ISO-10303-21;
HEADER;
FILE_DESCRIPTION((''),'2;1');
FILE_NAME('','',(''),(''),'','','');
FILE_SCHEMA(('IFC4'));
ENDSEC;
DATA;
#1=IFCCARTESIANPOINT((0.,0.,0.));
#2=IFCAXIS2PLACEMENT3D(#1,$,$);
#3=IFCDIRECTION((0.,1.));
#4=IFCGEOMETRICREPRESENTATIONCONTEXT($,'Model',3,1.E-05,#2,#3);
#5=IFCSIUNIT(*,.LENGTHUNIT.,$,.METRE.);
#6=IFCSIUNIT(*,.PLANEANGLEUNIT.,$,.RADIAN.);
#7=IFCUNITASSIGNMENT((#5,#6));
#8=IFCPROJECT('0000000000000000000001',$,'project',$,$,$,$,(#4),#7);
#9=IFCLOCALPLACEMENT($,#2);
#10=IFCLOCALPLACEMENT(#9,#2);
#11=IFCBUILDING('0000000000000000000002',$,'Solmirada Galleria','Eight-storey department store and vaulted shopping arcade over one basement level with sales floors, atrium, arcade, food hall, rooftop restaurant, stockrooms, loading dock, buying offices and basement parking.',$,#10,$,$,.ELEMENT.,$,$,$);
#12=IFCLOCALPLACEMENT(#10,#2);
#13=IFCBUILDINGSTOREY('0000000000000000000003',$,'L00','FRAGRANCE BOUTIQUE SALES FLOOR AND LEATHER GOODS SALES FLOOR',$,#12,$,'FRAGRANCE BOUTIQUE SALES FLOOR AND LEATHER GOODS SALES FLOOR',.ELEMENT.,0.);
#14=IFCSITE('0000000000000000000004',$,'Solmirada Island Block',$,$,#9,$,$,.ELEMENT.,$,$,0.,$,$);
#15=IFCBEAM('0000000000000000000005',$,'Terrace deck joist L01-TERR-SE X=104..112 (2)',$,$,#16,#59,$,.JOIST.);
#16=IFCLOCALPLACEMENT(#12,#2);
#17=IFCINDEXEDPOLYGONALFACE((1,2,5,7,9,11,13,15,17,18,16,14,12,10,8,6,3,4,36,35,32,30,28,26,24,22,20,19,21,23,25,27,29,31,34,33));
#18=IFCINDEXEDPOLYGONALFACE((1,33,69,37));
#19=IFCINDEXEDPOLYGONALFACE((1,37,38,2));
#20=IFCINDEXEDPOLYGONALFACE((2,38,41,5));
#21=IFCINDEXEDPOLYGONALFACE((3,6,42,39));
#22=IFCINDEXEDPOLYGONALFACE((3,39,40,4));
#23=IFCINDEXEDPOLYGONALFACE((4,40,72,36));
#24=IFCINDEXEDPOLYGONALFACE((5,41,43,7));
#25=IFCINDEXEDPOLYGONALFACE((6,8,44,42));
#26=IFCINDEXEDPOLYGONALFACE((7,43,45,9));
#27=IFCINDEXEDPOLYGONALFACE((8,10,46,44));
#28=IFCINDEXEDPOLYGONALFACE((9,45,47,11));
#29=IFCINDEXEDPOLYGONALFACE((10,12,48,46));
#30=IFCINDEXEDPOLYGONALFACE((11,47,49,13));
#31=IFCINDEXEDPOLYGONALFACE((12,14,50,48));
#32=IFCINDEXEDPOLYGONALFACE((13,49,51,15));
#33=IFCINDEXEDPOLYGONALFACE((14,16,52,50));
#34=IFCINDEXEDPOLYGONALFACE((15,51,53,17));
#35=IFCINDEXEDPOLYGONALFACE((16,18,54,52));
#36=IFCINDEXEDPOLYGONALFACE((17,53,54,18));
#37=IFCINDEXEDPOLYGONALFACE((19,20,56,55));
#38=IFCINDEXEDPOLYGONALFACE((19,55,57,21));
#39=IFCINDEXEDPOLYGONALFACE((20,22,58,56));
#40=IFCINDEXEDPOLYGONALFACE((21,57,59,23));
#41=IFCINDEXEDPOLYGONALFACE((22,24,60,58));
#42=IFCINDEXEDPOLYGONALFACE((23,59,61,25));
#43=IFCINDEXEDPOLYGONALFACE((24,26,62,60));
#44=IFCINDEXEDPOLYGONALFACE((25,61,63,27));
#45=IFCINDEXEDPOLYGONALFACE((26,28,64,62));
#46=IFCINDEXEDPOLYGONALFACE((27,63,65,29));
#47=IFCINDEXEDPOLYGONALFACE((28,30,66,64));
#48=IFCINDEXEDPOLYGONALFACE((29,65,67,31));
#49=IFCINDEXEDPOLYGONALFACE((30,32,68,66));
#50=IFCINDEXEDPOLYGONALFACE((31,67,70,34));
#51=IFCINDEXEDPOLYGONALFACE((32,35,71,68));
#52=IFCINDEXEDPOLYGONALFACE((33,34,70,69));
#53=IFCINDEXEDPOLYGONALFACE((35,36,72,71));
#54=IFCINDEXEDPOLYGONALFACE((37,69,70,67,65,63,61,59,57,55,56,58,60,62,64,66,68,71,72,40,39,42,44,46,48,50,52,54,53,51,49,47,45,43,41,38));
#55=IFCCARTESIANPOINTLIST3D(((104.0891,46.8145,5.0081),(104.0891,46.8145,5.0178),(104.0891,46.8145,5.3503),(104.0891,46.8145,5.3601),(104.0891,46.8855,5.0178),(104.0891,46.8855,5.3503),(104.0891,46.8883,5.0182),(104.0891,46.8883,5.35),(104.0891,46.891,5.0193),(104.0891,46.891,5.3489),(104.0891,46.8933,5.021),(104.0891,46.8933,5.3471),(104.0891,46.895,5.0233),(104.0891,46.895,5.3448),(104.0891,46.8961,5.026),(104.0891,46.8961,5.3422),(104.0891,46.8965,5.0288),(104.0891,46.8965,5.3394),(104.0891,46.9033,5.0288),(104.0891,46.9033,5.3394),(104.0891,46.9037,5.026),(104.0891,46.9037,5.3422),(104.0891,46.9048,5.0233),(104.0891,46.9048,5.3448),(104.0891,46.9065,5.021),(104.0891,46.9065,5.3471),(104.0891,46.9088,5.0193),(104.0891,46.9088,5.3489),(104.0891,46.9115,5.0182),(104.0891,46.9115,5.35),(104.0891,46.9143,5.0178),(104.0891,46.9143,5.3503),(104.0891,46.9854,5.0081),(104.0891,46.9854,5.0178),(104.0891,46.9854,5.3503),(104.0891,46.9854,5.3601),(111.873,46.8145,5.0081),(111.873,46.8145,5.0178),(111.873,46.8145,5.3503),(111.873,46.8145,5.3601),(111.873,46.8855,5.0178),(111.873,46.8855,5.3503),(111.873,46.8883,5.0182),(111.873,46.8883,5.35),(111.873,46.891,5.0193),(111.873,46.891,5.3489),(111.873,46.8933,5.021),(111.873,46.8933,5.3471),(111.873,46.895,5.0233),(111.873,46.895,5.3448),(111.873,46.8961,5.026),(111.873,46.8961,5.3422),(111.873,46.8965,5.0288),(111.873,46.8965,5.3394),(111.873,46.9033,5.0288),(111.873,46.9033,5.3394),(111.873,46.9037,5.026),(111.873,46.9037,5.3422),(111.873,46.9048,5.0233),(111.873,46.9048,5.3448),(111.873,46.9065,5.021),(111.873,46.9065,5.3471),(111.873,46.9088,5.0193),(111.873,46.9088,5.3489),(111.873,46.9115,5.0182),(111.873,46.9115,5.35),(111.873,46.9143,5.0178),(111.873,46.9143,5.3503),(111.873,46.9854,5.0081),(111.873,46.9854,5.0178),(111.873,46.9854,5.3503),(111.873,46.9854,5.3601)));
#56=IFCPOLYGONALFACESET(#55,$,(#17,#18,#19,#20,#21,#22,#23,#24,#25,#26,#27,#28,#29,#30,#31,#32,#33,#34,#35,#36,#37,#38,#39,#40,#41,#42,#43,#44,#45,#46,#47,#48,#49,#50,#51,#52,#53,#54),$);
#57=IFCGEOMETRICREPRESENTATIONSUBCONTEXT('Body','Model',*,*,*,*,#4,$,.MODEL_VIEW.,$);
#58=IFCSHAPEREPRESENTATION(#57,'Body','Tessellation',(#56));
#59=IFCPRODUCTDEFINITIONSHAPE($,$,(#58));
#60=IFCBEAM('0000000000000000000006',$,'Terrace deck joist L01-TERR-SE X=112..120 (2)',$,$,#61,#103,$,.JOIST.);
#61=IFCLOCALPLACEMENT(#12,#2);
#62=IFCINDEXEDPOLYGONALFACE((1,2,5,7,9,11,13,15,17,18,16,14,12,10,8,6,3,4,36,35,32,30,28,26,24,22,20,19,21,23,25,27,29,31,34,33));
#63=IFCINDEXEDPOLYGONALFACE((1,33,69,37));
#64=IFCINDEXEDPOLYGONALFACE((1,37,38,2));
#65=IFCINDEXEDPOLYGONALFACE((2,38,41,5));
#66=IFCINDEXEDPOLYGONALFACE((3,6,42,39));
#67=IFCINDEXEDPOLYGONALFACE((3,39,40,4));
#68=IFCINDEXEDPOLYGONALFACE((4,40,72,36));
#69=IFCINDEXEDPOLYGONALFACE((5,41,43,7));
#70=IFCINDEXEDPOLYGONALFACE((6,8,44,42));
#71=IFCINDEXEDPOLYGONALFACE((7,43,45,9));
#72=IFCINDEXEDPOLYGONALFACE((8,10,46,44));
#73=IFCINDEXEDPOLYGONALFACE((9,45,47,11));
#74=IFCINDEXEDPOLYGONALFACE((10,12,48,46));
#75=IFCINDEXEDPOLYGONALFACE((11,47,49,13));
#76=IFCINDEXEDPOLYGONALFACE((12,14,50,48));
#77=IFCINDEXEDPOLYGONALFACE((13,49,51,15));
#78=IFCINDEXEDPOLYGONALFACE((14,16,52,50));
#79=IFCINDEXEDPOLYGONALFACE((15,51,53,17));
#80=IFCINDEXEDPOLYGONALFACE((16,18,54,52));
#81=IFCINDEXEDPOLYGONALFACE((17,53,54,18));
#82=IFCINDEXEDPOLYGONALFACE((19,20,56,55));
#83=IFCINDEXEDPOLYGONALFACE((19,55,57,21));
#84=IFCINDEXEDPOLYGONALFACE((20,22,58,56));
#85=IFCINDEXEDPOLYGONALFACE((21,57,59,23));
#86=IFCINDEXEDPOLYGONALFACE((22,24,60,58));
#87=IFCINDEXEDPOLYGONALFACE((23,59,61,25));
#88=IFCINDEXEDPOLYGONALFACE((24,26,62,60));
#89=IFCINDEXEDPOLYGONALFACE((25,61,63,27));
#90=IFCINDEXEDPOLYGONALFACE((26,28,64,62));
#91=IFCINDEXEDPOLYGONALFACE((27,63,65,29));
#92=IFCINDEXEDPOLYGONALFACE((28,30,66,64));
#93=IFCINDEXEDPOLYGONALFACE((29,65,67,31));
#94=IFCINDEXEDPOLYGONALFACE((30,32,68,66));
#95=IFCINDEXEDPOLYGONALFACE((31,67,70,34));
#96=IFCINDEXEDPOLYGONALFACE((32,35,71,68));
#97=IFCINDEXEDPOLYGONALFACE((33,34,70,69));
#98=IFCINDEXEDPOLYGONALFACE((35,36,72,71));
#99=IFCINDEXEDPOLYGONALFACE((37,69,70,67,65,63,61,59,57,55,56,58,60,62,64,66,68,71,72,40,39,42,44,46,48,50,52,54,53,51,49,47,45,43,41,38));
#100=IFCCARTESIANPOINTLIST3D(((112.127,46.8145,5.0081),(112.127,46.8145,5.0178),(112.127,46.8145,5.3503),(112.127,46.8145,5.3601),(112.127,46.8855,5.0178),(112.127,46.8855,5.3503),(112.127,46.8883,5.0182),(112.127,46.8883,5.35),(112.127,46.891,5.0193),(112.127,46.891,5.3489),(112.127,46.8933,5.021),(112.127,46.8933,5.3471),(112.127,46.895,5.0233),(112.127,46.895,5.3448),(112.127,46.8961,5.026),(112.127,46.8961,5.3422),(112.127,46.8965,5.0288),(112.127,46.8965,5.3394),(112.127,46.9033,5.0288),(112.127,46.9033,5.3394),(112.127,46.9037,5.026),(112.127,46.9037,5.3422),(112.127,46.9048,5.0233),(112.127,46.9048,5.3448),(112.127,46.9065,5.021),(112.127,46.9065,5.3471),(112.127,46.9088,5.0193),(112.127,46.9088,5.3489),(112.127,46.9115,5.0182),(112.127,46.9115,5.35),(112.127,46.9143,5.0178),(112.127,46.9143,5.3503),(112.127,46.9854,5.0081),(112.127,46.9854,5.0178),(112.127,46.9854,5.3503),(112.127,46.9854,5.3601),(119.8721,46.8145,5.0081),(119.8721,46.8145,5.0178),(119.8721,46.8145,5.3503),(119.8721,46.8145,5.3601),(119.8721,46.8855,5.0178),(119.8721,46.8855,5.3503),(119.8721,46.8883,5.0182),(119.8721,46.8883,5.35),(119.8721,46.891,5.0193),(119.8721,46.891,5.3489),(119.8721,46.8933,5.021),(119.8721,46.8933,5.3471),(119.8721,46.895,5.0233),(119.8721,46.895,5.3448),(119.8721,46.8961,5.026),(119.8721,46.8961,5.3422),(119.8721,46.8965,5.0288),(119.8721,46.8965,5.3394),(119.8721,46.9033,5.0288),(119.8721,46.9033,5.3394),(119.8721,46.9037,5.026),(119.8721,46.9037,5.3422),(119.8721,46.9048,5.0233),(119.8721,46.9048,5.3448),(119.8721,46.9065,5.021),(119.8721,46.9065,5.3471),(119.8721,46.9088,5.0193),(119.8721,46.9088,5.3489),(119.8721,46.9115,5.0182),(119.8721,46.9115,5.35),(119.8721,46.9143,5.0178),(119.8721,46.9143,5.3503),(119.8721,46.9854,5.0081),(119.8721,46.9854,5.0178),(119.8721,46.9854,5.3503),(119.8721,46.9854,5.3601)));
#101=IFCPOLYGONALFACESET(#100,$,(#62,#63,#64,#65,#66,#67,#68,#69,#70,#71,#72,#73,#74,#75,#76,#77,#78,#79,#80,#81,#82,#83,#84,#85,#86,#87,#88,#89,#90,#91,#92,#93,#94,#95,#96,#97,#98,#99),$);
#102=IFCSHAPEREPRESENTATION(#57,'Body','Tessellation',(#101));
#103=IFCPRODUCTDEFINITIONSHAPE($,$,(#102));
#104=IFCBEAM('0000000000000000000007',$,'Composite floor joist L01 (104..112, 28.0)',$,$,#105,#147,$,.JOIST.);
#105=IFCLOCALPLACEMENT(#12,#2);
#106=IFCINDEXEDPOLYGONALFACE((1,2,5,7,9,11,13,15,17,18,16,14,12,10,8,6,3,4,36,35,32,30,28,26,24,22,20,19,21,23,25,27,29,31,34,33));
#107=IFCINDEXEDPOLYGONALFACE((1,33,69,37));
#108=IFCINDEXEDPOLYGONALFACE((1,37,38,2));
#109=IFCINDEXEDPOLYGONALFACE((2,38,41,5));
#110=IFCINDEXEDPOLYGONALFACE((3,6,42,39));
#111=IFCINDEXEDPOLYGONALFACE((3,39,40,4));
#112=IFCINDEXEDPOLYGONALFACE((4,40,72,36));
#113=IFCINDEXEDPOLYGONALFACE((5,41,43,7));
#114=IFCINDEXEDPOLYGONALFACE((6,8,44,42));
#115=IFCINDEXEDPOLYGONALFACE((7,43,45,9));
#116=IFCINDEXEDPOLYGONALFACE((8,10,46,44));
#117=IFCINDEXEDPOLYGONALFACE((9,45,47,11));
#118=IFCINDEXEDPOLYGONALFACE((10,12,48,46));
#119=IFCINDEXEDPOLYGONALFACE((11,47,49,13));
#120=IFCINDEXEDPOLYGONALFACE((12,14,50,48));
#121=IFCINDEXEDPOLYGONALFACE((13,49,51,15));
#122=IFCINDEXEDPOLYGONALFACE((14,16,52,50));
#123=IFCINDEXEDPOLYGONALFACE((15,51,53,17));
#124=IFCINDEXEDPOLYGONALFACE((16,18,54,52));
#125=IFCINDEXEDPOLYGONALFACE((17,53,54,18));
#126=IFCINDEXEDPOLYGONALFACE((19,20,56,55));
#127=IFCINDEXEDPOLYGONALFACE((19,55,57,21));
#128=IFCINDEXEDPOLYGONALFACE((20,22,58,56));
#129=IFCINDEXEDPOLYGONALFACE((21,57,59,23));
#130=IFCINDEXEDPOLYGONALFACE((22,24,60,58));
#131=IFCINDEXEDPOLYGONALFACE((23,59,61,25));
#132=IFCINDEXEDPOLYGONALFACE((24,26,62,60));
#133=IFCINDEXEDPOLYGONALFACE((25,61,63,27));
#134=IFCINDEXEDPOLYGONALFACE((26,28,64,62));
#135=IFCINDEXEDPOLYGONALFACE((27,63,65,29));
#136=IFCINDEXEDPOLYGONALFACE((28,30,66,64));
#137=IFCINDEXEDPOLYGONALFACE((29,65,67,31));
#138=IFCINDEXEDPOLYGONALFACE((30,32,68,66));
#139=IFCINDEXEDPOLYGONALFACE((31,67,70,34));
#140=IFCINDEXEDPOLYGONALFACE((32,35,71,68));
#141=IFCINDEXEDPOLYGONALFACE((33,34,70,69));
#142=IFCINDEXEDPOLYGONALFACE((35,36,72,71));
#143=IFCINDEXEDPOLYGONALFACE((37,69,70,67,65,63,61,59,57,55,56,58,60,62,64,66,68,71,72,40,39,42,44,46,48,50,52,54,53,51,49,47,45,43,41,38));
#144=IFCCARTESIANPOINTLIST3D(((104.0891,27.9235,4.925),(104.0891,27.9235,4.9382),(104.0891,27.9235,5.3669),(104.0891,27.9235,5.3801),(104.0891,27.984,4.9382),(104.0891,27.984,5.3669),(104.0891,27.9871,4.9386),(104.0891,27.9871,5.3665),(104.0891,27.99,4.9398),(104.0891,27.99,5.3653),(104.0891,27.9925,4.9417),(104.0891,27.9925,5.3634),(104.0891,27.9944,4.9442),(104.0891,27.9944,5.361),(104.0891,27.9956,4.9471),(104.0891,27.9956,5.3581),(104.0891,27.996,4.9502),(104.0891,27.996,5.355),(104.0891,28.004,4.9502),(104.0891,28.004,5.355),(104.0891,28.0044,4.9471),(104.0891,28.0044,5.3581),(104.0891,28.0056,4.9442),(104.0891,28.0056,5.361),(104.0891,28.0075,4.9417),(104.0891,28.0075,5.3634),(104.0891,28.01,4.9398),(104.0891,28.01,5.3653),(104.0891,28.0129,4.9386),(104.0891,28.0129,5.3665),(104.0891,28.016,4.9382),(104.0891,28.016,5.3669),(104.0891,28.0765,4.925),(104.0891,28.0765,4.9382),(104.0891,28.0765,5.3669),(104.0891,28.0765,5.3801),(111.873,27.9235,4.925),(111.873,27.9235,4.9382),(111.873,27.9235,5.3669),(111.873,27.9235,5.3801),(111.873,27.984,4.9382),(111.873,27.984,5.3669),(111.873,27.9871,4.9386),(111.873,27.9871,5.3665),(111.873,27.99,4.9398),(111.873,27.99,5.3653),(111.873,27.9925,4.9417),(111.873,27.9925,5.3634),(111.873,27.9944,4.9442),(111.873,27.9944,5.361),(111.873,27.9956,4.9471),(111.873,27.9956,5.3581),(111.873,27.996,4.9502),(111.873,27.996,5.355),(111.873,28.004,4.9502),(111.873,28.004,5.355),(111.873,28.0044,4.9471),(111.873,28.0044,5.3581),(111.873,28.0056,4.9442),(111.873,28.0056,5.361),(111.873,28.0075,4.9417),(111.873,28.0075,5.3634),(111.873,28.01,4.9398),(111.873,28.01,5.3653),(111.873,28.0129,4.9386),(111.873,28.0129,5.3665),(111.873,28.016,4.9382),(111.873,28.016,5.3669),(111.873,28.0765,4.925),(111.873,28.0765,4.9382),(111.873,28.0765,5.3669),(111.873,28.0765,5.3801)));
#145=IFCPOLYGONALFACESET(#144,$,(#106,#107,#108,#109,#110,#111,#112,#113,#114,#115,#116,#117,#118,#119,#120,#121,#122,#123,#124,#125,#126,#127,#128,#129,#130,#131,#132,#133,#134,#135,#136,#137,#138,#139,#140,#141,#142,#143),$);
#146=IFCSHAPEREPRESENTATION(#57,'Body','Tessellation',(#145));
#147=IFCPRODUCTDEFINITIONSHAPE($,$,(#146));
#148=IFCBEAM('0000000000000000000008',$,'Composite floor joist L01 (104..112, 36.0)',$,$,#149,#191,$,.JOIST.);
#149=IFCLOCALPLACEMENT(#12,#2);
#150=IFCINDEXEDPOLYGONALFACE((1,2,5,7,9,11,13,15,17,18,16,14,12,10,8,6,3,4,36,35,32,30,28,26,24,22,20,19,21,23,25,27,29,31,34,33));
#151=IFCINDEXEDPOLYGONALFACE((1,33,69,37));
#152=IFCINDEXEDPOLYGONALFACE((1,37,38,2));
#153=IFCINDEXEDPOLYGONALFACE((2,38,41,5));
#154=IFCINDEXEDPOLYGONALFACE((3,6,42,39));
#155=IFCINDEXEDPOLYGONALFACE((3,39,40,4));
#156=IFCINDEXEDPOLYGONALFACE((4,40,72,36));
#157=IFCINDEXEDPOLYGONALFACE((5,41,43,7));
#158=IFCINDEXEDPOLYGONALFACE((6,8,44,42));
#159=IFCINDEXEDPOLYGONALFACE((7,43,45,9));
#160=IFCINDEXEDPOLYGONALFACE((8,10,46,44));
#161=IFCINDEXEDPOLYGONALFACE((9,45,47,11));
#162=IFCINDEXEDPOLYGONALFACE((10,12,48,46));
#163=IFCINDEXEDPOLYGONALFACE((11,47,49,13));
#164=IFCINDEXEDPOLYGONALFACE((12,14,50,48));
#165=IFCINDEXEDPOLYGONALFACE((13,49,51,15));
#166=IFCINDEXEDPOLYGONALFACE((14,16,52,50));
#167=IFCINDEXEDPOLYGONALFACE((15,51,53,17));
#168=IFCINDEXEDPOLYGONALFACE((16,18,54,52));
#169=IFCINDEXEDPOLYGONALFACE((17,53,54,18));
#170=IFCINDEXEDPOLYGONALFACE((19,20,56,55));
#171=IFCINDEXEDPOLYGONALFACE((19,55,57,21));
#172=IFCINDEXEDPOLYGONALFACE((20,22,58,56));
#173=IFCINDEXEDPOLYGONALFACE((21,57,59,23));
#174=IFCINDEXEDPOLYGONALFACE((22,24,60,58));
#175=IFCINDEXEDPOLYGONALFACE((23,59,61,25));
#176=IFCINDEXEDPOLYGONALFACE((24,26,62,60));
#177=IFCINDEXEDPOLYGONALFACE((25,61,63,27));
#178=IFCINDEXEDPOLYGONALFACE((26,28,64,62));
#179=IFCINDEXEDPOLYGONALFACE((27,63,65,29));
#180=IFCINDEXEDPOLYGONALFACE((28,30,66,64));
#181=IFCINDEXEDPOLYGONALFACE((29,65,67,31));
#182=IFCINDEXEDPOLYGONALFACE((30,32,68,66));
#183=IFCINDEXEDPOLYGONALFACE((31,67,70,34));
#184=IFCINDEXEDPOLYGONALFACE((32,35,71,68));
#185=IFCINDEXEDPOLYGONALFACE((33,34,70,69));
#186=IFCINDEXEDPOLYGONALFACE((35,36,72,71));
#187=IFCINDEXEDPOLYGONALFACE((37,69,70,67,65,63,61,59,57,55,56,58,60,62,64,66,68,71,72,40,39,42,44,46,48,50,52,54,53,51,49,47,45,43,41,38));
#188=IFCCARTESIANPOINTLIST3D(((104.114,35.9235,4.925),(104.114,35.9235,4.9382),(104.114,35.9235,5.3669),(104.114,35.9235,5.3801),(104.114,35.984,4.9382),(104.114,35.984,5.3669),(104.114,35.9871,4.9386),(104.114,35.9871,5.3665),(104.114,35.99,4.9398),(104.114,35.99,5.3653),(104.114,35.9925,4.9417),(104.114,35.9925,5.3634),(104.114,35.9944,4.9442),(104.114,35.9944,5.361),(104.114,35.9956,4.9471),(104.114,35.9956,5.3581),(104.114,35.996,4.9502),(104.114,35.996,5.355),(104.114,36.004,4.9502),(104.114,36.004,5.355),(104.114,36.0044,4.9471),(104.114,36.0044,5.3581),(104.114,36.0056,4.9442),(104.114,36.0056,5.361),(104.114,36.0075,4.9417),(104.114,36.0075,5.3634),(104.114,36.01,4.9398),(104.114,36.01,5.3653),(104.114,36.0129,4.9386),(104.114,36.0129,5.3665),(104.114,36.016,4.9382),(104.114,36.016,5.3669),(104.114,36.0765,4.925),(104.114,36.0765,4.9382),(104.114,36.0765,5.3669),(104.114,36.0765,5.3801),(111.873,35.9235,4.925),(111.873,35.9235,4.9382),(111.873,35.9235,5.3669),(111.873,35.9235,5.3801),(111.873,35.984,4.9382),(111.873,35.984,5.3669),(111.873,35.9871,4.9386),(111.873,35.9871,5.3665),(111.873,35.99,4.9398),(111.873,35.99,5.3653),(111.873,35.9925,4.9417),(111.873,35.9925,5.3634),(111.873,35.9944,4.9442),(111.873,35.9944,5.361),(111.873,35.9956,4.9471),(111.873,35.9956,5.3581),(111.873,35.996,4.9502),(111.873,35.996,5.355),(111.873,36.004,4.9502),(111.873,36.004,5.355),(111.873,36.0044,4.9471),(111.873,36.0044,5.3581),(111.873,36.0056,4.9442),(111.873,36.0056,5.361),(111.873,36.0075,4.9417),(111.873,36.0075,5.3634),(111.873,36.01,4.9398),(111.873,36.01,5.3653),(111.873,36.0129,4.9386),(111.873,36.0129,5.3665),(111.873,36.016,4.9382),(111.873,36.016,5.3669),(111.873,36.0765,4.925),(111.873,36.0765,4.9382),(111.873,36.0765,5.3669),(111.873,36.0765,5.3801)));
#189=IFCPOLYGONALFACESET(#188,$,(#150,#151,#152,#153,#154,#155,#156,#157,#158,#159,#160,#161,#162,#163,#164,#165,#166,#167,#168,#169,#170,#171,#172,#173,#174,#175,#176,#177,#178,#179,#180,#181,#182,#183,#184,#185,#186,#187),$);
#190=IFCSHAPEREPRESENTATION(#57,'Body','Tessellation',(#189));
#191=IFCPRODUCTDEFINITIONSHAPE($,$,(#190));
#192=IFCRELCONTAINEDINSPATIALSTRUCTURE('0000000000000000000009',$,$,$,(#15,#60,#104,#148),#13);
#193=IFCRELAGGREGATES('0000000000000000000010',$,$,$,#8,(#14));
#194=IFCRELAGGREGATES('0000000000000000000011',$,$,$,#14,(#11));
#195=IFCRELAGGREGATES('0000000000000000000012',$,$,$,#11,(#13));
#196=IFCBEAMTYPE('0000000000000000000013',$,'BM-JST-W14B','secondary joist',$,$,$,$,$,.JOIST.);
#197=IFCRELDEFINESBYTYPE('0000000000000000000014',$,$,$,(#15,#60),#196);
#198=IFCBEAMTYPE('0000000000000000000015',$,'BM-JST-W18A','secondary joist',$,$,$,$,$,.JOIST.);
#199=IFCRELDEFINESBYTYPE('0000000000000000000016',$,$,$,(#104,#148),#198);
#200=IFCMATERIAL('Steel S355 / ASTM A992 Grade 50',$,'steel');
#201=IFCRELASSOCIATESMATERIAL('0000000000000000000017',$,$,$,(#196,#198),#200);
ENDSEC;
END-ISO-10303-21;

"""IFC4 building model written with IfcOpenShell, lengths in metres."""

from ifc_helpers import new_model, si_unit, direction, frame, origin, origin_2d, place, context, subcontext, project, spatial, i_section, extrude, material, material_profile, profile_set, type_object, element, save


model = new_model("IFC4")

# Units and contexts
model_context = context("Model", 3, precision=1e-05, world=origin(), true_north=direction((0.0, 1.0)))
body_context = subcontext(model_context, "Body", "Model", "MODEL_VIEW")
ifc_project = project(units=[si_unit("LENGTHUNIT", "METRE"), si_unit("PLANEANGLEUNIT", "RADIAN")], contexts=[model_context])

# Site, building, storey
site_placement = place(None, origin())
site = spatial("IfcSite", under=ifc_project, at=site_placement, Name="Solmirada Island Block", CompositionType="ELEMENT", RefElevation=0.0)
building_placement = place(site_placement, origin())
building = spatial("IfcBuilding", under=site, at=building_placement, Name="Solmirada Galleria", Description="Eight-storey department store and vaulted shopping arcade over one basement level with sales floors, atrium, arcade, food hall, rooftop restaurant, stockrooms, loading dock, buying offices and basement parking.", CompositionType="ELEMENT")
storey_placement = place(building_placement, origin())
storey = spatial("IfcBuildingStorey", under=building, at=storey_placement, Name="L00", Description="FRAGRANCE BOUTIQUE SALES FLOOR AND LEATHER GOODS SALES FLOOR", LongName="FRAGRANCE BOUTIQUE SALES FLOOR AND LEATHER GOODS SALES FLOOR", CompositionType="ELEMENT", Elevation=0.0)

# Beams
ifc_material_1 = material(Name="Steel S355 / ASTM A992 Grade 50", Category="steel")
ifc_material_profile_1 = material_profile(ifc_material_1, i_section(OverallWidth=0.1709, OverallDepth=0.3521, WebThickness=0.0068, FlangeThickness=0.0098, FilletRadius=0.011, at=origin_2d()), Name="W14X30")
ifc_profile_set_1 = profile_set([ifc_material_profile_1], Name="Steel S355 / ASTM A992 Grade 50")
beam_type_1 = type_object("IfcBeamType", Name="BM-JST-W14B", Description="secondary joist", PredefinedType="JOIST", material=ifc_profile_set_1)
beam_1_placement = place(storey_placement, frame((104.0891, 46.8999, 5.1841), z_axis=(1.0, 0.0, 0.0), x_axis=(0.0, 1.0, 0.0)))
element("IfcBeam", 1, at=beam_1_placement, inside=storey, type_object=beam_type_1, Name="Terrace deck joist L01-TERR-SE X=104..112 (2)", PredefinedType="JOIST", context=body_context, shape_type="SweptSolid", body=[
    extrude(i_section(OverallWidth=0.1709, OverallDepth=0.3521, WebThickness=0.0068, FlangeThickness=0.0098, FilletRadius=0.011, at=origin_2d()), origin(), (0.0, 0.0, 1.0), 7.7839),
])
beam_2_placement = place(storey_placement, frame((112.127, 46.8999, 5.1841), z_axis=(1.0, 0.0, 0.0), x_axis=(0.0, 1.0, 0.0)))
element("IfcBeam", 2, at=beam_2_placement, inside=storey, type_object=beam_type_1, Name="Terrace deck joist L01-TERR-SE X=112..120 (2)", PredefinedType="JOIST", context=body_context, shape_type="SweptSolid", body=[
    extrude(i_section(OverallWidth=0.1709, OverallDepth=0.3521, WebThickness=0.0068, FlangeThickness=0.0098, FilletRadius=0.011, at=origin_2d()), origin(), (0.0, 0.0, 1.0), 7.7451),
])
ifc_material_profile_2 = material_profile(ifc_material_1, i_section(OverallWidth=0.1531, OverallDepth=0.4551, WebThickness=0.0081, FlangeThickness=0.0132, FilletRadius=0.012, at=origin_2d()), Name="W18X40")
ifc_profile_set_2 = profile_set([ifc_material_profile_2], Name="Steel S355 / ASTM A992 Grade 50")
beam_type_2 = type_object("IfcBeamType", Name="BM-JST-W18A", Description="secondary joist", PredefinedType="JOIST", material=ifc_profile_set_2)
beam_3_placement = place(storey_placement, frame((104.0891, 28.0, 5.1526), z_axis=(1.0, 0.0, 0.0), x_axis=(0.0, 1.0, 0.0)))
element("IfcBeam", 3, at=beam_3_placement, inside=storey, type_object=beam_type_2, Name="Composite floor joist L01 (104..112, 28.0)", PredefinedType="JOIST", context=body_context, shape_type="SweptSolid", body=[
    extrude(i_section(OverallWidth=0.1531, OverallDepth=0.4551, WebThickness=0.0081, FlangeThickness=0.0132, FilletRadius=0.012, at=origin_2d()), origin(), (0.0, 0.0, 1.0), 7.7839),
])
beam_4_placement = place(storey_placement, frame((104.114, 36.0, 5.1526), z_axis=(1.0, 0.0, 0.0), x_axis=(0.0, 1.0, 0.0)))
element("IfcBeam", 4, at=beam_4_placement, inside=storey, type_object=beam_type_2, Name="Composite floor joist L01 (104..112, 36.0)", PredefinedType="JOIST", context=body_context, shape_type="SweptSolid", body=[
    extrude(i_section(OverallWidth=0.1531, OverallDepth=0.4551, WebThickness=0.0081, FlangeThickness=0.0132, FilletRadius=0.012, at=origin_2d()), origin(), (0.0, 0.0, 1.0), 7.759),
])

save(model, "model.ifc")
